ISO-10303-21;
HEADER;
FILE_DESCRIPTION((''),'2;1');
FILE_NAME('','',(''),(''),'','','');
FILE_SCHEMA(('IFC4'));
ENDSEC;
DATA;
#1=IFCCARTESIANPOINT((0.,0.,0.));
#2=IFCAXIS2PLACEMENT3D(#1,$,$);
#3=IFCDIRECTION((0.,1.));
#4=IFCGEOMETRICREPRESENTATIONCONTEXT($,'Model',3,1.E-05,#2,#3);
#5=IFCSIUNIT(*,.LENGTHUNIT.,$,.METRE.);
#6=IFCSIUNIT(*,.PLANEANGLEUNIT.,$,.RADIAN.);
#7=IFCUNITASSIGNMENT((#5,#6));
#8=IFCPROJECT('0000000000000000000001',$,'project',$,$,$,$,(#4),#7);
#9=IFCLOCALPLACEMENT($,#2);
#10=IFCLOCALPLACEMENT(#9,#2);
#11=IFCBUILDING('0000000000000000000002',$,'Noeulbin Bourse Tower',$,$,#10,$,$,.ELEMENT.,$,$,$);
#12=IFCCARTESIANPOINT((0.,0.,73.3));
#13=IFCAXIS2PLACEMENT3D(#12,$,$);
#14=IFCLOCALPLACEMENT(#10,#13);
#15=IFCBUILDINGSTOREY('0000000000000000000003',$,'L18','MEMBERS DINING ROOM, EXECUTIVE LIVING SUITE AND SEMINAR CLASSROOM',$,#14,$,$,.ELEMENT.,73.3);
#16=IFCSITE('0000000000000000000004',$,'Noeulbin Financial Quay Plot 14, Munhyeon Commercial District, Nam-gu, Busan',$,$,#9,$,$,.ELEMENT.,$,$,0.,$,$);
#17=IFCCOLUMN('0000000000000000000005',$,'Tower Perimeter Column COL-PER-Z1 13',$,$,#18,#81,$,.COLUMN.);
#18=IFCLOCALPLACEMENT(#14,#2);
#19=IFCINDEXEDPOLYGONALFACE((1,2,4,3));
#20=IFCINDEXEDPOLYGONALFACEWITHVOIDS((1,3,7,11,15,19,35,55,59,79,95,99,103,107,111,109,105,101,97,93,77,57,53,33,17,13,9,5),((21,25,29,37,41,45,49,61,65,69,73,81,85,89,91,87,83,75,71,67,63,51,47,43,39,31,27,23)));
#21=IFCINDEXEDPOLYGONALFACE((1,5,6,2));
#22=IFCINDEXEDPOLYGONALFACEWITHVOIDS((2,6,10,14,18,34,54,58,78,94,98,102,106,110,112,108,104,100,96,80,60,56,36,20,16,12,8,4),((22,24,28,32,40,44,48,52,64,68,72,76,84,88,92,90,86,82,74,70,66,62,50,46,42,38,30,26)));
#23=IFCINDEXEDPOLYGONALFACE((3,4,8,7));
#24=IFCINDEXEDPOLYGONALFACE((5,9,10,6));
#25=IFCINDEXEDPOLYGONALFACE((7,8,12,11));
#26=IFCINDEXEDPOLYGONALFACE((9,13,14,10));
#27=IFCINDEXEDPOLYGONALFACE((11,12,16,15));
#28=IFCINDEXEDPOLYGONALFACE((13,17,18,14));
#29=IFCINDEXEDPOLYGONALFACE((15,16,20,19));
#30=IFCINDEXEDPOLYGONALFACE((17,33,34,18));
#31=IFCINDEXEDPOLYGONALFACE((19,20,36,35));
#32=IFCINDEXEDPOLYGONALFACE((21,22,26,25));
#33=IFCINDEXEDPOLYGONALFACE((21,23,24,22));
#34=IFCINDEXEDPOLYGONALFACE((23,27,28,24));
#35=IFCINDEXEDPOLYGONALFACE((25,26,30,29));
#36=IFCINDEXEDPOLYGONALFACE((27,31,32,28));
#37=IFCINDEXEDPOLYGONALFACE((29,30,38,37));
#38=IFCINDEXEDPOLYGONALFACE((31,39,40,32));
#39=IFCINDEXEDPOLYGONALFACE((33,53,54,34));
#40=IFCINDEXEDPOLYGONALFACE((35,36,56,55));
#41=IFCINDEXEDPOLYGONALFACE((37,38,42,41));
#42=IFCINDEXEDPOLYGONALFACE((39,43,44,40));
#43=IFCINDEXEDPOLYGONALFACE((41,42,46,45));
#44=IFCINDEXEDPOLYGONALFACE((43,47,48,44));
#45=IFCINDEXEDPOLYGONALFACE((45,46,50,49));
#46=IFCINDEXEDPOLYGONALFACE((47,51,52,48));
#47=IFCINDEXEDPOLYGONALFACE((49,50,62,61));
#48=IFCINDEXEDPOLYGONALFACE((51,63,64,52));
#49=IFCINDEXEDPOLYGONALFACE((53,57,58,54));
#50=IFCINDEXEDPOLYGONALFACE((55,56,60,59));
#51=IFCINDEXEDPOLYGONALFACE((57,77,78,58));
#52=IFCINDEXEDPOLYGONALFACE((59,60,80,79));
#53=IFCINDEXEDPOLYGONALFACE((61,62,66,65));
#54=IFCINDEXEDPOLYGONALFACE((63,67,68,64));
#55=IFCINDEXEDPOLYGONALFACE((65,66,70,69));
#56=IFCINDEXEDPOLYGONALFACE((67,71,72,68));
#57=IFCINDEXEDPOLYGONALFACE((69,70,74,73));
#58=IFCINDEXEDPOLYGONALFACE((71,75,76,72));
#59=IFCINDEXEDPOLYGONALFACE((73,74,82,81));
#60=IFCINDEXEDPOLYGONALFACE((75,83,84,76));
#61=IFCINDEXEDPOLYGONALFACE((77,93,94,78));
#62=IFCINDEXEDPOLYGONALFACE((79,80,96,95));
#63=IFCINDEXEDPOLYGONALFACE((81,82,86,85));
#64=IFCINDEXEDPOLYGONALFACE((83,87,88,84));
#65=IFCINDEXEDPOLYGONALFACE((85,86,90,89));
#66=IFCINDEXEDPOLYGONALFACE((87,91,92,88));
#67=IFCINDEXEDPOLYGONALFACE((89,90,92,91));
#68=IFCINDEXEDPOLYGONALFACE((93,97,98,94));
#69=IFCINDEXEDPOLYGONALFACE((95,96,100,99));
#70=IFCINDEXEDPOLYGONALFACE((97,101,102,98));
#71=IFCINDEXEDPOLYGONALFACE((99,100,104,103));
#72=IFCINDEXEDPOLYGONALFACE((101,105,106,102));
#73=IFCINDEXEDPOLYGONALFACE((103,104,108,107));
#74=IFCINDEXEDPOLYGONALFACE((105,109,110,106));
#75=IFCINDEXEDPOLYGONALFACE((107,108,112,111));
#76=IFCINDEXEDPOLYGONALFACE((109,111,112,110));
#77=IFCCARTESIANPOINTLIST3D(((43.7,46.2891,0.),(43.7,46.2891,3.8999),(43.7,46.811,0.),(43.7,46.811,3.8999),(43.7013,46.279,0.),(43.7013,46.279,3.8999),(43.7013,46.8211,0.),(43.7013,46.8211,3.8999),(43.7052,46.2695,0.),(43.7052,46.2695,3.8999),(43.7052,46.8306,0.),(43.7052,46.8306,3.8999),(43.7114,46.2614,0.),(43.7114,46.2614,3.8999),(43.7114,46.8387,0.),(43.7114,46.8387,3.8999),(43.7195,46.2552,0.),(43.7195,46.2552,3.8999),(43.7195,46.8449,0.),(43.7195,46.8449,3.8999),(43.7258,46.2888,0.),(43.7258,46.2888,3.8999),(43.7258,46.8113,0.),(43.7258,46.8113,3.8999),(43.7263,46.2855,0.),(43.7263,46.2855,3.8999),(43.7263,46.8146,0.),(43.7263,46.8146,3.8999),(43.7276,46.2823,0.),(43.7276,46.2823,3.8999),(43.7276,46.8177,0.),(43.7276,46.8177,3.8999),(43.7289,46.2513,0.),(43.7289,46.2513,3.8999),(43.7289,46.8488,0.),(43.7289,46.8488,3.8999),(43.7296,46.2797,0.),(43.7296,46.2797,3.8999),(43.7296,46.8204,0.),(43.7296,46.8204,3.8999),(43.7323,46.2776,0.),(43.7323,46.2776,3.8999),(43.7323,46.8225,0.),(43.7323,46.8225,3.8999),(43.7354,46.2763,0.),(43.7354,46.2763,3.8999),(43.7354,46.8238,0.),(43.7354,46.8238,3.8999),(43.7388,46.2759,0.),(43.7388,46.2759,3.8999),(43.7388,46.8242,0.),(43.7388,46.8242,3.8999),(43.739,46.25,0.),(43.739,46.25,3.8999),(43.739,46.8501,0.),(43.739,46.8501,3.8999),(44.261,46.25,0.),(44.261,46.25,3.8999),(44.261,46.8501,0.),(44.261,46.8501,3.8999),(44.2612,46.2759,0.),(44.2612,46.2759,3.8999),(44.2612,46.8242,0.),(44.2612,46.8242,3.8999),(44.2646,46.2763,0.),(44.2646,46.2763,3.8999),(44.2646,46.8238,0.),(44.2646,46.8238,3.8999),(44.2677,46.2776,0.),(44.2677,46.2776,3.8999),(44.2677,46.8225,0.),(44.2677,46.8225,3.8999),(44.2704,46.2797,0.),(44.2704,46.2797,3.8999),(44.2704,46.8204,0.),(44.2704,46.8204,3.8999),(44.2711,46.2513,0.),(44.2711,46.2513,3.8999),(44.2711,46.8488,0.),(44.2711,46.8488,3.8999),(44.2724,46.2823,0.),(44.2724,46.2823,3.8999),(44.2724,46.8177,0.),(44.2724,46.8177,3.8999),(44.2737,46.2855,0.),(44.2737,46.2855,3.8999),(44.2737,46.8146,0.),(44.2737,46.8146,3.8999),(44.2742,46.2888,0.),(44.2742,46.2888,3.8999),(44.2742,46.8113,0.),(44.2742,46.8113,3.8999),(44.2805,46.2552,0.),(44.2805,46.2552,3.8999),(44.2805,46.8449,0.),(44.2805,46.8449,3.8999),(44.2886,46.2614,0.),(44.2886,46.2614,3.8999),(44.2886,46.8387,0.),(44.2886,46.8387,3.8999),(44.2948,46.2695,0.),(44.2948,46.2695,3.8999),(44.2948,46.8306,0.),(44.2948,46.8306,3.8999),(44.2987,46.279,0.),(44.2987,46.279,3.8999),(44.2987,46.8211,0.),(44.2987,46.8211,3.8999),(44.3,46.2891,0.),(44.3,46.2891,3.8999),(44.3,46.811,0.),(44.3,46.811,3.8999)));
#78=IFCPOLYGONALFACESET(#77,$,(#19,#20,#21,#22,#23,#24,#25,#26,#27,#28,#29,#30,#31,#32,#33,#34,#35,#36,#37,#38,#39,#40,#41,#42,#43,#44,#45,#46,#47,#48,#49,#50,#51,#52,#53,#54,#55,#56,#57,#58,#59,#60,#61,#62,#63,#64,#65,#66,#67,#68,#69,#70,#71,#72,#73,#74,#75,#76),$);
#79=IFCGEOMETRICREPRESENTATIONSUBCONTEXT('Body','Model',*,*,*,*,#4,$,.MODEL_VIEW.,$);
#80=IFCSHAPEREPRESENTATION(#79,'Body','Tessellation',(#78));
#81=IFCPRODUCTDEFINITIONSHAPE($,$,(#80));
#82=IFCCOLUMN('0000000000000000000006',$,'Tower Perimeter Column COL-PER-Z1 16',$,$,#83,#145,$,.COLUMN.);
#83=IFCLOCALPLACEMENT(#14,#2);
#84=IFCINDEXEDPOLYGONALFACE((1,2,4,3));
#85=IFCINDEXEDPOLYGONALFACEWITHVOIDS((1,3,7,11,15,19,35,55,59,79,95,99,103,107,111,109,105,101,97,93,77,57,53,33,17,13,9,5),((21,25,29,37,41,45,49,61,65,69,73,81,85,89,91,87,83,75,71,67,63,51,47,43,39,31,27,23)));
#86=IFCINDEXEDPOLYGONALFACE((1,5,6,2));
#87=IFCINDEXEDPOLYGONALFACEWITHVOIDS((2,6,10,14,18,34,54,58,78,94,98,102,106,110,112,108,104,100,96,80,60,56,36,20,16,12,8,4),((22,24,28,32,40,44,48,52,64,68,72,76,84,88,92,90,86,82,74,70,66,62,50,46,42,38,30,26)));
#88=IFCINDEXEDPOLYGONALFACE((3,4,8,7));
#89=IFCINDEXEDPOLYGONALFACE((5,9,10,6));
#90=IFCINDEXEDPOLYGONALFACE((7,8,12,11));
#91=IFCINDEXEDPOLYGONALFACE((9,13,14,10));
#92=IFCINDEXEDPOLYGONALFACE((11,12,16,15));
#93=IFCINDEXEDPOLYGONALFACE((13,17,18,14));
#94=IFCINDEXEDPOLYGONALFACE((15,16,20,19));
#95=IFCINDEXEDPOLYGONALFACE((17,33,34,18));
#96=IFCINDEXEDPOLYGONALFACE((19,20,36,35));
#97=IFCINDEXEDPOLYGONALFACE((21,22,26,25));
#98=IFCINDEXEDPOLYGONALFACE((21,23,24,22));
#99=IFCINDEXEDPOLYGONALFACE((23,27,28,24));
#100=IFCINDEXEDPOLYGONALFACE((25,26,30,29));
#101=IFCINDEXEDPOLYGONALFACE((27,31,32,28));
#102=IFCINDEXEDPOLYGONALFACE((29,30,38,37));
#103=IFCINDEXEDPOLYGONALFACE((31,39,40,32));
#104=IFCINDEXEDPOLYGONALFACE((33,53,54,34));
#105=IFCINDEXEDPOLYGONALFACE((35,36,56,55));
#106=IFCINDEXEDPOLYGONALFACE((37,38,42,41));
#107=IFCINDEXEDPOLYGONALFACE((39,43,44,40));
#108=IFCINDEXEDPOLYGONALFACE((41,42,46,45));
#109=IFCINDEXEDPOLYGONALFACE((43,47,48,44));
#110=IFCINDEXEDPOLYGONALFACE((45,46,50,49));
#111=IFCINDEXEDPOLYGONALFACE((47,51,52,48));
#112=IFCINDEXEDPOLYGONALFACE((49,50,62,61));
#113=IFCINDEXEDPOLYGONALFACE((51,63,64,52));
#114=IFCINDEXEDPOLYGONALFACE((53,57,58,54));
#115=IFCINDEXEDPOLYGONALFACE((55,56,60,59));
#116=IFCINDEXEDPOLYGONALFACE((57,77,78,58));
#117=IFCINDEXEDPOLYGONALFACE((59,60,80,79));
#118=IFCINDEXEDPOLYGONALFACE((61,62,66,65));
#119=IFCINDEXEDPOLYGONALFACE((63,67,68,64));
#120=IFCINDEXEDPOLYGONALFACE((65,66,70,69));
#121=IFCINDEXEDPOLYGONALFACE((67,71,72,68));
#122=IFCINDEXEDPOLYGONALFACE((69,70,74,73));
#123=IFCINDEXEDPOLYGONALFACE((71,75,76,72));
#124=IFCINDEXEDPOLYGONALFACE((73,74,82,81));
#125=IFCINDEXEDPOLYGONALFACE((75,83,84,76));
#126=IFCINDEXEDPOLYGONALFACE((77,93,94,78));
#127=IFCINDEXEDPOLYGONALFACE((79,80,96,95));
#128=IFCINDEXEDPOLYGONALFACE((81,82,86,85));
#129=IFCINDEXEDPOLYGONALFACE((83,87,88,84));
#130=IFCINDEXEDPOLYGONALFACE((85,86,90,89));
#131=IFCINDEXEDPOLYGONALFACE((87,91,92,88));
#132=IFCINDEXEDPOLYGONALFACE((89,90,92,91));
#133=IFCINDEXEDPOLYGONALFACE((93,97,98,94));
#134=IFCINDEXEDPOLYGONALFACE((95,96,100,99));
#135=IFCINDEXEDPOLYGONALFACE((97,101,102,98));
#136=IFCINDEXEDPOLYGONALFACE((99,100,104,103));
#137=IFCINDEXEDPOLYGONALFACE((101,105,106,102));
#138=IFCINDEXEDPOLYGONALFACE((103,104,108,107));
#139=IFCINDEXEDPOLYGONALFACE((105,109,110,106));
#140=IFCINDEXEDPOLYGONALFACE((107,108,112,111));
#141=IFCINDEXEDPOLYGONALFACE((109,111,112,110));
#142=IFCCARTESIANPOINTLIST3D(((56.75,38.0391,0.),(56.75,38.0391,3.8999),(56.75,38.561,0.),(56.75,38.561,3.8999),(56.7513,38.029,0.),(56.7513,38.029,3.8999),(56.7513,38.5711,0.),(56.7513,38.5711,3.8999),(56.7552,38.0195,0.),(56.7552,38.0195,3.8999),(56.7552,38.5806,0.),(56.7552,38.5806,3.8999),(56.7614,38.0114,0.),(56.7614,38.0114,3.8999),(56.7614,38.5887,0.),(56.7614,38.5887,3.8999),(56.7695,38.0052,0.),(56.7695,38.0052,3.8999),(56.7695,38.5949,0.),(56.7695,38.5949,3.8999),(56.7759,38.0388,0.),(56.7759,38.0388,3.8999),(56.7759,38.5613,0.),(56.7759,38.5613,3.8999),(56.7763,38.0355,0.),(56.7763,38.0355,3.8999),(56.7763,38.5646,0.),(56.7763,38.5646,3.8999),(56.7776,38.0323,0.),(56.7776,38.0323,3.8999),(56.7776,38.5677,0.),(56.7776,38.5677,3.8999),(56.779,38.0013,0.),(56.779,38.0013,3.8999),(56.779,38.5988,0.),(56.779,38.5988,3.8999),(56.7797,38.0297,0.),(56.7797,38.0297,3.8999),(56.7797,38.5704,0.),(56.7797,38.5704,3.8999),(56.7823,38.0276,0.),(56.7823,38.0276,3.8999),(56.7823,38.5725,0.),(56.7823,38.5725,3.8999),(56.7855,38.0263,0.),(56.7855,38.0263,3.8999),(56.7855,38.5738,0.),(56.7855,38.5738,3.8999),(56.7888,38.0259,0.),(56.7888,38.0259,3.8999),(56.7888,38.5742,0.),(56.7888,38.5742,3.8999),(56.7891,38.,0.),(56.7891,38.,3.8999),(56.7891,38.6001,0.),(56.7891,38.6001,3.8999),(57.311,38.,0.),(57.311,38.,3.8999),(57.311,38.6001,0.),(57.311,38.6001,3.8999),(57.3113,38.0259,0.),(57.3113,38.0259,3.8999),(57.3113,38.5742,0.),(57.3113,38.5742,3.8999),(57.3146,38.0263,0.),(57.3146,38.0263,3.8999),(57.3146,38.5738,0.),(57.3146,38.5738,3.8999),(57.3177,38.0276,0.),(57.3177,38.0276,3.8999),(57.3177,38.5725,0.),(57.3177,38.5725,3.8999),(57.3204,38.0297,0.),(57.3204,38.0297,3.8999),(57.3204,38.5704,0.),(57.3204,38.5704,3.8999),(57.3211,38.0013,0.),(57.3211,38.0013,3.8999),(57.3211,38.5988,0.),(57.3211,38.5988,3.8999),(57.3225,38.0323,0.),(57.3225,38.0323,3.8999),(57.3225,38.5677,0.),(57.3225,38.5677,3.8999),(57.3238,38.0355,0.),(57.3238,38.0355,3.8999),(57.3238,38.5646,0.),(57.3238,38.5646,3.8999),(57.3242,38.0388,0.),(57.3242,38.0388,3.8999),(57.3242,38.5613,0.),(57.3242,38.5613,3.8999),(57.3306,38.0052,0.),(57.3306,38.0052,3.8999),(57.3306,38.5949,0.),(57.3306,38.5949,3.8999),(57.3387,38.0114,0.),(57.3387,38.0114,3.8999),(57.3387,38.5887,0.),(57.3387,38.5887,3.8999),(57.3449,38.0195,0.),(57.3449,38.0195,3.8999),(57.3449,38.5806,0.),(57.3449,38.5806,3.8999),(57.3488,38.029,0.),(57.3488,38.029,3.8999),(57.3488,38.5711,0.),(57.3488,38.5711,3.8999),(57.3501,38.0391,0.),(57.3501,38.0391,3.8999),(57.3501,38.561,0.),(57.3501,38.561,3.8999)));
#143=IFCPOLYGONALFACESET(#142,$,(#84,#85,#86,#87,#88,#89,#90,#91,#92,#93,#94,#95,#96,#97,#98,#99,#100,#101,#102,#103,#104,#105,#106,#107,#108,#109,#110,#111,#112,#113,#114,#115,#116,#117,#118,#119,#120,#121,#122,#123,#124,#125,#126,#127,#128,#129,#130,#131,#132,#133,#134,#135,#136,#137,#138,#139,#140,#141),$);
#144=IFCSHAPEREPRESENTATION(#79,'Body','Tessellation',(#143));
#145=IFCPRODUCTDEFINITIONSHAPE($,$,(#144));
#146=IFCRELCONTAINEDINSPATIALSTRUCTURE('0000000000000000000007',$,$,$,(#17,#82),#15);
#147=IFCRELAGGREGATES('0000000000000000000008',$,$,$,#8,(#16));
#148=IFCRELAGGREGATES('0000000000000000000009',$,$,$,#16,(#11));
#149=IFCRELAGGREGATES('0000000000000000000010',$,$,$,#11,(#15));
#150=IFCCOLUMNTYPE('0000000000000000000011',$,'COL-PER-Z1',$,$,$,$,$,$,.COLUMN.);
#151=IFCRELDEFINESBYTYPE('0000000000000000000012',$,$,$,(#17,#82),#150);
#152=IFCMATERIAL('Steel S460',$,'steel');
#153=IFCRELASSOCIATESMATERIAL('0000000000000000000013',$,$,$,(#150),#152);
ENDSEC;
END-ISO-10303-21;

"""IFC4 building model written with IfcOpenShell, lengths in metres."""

from ifc_helpers import new_model, si_unit, direction, frame, origin, origin_2d, place, context, subcontext, project, spatial, hollow_rectangle, extrude, material, material_profile, profile_set, type_object, element, save


model = new_model("IFC4")

# Units and contexts
model_context = context("Model", 3, precision=1e-05, world=origin(), true_north=direction((0.0, 1.0)))
body_context = subcontext(model_context, "Body", "Model", "MODEL_VIEW")
ifc_project = project(units=[si_unit("LENGTHUNIT", "METRE"), si_unit("PLANEANGLEUNIT", "RADIAN")], contexts=[model_context])

# Site, building, storey
site_placement = place(None, origin())
site = spatial("IfcSite", under=ifc_project, at=site_placement, Name="Noeulbin Financial Quay Plot 14, Munhyeon Commercial District, Nam-gu, Busan", CompositionType="ELEMENT", RefElevation=0.0)
building_placement = place(site_placement, origin())
building = spatial("IfcBuilding", under=site, at=building_placement, Name="Noeulbin Bourse Tower", CompositionType="ELEMENT")
storey_placement = place(building_placement, frame((0.0, 0.0, 73.3)))
storey = spatial("IfcBuildingStorey", under=building, at=storey_placement, Name="L18", Description="MEMBERS DINING ROOM, EXECUTIVE LIVING SUITE AND SEMINAR CLASSROOM", CompositionType="ELEMENT", Elevation=73.3)

# Columns
ifc_material_1 = material(Name="Steel S460", Category="steel")
ifc_material_profile_1 = material_profile(ifc_material_1, hollow_rectangle(XDim=0.6001, YDim=0.6001, WallThickness=0.0259, InnerFilletRadius=0.0129, OuterFilletRadius=0.0391, at=origin_2d()), Name="BOX-600x600x26", Category="LoadBearing")
ifc_profile_set_1 = profile_set([ifc_material_profile_1], Name="Steel S460")
column_type_1 = type_object("IfcColumnType", Name="COL-PER-Z1", PredefinedType="COLUMN", material=ifc_profile_set_1)
for number, where, z_axis, x_axis, name in (
    (1, (44.0, 46.55, 0.0), (0.0, 0.0, 1.0), (1.0, 0.0, 0.0), "Tower Perimeter Column COL-PER-Z1 13"),
    (2, (57.05, 38.3, 0.0), (0.0, 0.0, 1.0), (1.0, 0.0, 0.0), "Tower Perimeter Column COL-PER-Z1 16"),
):
    element("IfcColumn", number, at=place(storey_placement, frame(where, z_axis=z_axis, x_axis=x_axis)), inside=storey, type_object=column_type_1, Name=name, PredefinedType="COLUMN", context=body_context, shape_type="SweptSolid", body=[
        extrude(hollow_rectangle(XDim=0.6001, YDim=0.6001, WallThickness=0.0259, InnerFilletRadius=0.0129, OuterFilletRadius=0.0391, at=origin_2d()), origin(), (0.0, 0.0, 1.0), 3.8999),
    ])

save(model, "model.ifc")
